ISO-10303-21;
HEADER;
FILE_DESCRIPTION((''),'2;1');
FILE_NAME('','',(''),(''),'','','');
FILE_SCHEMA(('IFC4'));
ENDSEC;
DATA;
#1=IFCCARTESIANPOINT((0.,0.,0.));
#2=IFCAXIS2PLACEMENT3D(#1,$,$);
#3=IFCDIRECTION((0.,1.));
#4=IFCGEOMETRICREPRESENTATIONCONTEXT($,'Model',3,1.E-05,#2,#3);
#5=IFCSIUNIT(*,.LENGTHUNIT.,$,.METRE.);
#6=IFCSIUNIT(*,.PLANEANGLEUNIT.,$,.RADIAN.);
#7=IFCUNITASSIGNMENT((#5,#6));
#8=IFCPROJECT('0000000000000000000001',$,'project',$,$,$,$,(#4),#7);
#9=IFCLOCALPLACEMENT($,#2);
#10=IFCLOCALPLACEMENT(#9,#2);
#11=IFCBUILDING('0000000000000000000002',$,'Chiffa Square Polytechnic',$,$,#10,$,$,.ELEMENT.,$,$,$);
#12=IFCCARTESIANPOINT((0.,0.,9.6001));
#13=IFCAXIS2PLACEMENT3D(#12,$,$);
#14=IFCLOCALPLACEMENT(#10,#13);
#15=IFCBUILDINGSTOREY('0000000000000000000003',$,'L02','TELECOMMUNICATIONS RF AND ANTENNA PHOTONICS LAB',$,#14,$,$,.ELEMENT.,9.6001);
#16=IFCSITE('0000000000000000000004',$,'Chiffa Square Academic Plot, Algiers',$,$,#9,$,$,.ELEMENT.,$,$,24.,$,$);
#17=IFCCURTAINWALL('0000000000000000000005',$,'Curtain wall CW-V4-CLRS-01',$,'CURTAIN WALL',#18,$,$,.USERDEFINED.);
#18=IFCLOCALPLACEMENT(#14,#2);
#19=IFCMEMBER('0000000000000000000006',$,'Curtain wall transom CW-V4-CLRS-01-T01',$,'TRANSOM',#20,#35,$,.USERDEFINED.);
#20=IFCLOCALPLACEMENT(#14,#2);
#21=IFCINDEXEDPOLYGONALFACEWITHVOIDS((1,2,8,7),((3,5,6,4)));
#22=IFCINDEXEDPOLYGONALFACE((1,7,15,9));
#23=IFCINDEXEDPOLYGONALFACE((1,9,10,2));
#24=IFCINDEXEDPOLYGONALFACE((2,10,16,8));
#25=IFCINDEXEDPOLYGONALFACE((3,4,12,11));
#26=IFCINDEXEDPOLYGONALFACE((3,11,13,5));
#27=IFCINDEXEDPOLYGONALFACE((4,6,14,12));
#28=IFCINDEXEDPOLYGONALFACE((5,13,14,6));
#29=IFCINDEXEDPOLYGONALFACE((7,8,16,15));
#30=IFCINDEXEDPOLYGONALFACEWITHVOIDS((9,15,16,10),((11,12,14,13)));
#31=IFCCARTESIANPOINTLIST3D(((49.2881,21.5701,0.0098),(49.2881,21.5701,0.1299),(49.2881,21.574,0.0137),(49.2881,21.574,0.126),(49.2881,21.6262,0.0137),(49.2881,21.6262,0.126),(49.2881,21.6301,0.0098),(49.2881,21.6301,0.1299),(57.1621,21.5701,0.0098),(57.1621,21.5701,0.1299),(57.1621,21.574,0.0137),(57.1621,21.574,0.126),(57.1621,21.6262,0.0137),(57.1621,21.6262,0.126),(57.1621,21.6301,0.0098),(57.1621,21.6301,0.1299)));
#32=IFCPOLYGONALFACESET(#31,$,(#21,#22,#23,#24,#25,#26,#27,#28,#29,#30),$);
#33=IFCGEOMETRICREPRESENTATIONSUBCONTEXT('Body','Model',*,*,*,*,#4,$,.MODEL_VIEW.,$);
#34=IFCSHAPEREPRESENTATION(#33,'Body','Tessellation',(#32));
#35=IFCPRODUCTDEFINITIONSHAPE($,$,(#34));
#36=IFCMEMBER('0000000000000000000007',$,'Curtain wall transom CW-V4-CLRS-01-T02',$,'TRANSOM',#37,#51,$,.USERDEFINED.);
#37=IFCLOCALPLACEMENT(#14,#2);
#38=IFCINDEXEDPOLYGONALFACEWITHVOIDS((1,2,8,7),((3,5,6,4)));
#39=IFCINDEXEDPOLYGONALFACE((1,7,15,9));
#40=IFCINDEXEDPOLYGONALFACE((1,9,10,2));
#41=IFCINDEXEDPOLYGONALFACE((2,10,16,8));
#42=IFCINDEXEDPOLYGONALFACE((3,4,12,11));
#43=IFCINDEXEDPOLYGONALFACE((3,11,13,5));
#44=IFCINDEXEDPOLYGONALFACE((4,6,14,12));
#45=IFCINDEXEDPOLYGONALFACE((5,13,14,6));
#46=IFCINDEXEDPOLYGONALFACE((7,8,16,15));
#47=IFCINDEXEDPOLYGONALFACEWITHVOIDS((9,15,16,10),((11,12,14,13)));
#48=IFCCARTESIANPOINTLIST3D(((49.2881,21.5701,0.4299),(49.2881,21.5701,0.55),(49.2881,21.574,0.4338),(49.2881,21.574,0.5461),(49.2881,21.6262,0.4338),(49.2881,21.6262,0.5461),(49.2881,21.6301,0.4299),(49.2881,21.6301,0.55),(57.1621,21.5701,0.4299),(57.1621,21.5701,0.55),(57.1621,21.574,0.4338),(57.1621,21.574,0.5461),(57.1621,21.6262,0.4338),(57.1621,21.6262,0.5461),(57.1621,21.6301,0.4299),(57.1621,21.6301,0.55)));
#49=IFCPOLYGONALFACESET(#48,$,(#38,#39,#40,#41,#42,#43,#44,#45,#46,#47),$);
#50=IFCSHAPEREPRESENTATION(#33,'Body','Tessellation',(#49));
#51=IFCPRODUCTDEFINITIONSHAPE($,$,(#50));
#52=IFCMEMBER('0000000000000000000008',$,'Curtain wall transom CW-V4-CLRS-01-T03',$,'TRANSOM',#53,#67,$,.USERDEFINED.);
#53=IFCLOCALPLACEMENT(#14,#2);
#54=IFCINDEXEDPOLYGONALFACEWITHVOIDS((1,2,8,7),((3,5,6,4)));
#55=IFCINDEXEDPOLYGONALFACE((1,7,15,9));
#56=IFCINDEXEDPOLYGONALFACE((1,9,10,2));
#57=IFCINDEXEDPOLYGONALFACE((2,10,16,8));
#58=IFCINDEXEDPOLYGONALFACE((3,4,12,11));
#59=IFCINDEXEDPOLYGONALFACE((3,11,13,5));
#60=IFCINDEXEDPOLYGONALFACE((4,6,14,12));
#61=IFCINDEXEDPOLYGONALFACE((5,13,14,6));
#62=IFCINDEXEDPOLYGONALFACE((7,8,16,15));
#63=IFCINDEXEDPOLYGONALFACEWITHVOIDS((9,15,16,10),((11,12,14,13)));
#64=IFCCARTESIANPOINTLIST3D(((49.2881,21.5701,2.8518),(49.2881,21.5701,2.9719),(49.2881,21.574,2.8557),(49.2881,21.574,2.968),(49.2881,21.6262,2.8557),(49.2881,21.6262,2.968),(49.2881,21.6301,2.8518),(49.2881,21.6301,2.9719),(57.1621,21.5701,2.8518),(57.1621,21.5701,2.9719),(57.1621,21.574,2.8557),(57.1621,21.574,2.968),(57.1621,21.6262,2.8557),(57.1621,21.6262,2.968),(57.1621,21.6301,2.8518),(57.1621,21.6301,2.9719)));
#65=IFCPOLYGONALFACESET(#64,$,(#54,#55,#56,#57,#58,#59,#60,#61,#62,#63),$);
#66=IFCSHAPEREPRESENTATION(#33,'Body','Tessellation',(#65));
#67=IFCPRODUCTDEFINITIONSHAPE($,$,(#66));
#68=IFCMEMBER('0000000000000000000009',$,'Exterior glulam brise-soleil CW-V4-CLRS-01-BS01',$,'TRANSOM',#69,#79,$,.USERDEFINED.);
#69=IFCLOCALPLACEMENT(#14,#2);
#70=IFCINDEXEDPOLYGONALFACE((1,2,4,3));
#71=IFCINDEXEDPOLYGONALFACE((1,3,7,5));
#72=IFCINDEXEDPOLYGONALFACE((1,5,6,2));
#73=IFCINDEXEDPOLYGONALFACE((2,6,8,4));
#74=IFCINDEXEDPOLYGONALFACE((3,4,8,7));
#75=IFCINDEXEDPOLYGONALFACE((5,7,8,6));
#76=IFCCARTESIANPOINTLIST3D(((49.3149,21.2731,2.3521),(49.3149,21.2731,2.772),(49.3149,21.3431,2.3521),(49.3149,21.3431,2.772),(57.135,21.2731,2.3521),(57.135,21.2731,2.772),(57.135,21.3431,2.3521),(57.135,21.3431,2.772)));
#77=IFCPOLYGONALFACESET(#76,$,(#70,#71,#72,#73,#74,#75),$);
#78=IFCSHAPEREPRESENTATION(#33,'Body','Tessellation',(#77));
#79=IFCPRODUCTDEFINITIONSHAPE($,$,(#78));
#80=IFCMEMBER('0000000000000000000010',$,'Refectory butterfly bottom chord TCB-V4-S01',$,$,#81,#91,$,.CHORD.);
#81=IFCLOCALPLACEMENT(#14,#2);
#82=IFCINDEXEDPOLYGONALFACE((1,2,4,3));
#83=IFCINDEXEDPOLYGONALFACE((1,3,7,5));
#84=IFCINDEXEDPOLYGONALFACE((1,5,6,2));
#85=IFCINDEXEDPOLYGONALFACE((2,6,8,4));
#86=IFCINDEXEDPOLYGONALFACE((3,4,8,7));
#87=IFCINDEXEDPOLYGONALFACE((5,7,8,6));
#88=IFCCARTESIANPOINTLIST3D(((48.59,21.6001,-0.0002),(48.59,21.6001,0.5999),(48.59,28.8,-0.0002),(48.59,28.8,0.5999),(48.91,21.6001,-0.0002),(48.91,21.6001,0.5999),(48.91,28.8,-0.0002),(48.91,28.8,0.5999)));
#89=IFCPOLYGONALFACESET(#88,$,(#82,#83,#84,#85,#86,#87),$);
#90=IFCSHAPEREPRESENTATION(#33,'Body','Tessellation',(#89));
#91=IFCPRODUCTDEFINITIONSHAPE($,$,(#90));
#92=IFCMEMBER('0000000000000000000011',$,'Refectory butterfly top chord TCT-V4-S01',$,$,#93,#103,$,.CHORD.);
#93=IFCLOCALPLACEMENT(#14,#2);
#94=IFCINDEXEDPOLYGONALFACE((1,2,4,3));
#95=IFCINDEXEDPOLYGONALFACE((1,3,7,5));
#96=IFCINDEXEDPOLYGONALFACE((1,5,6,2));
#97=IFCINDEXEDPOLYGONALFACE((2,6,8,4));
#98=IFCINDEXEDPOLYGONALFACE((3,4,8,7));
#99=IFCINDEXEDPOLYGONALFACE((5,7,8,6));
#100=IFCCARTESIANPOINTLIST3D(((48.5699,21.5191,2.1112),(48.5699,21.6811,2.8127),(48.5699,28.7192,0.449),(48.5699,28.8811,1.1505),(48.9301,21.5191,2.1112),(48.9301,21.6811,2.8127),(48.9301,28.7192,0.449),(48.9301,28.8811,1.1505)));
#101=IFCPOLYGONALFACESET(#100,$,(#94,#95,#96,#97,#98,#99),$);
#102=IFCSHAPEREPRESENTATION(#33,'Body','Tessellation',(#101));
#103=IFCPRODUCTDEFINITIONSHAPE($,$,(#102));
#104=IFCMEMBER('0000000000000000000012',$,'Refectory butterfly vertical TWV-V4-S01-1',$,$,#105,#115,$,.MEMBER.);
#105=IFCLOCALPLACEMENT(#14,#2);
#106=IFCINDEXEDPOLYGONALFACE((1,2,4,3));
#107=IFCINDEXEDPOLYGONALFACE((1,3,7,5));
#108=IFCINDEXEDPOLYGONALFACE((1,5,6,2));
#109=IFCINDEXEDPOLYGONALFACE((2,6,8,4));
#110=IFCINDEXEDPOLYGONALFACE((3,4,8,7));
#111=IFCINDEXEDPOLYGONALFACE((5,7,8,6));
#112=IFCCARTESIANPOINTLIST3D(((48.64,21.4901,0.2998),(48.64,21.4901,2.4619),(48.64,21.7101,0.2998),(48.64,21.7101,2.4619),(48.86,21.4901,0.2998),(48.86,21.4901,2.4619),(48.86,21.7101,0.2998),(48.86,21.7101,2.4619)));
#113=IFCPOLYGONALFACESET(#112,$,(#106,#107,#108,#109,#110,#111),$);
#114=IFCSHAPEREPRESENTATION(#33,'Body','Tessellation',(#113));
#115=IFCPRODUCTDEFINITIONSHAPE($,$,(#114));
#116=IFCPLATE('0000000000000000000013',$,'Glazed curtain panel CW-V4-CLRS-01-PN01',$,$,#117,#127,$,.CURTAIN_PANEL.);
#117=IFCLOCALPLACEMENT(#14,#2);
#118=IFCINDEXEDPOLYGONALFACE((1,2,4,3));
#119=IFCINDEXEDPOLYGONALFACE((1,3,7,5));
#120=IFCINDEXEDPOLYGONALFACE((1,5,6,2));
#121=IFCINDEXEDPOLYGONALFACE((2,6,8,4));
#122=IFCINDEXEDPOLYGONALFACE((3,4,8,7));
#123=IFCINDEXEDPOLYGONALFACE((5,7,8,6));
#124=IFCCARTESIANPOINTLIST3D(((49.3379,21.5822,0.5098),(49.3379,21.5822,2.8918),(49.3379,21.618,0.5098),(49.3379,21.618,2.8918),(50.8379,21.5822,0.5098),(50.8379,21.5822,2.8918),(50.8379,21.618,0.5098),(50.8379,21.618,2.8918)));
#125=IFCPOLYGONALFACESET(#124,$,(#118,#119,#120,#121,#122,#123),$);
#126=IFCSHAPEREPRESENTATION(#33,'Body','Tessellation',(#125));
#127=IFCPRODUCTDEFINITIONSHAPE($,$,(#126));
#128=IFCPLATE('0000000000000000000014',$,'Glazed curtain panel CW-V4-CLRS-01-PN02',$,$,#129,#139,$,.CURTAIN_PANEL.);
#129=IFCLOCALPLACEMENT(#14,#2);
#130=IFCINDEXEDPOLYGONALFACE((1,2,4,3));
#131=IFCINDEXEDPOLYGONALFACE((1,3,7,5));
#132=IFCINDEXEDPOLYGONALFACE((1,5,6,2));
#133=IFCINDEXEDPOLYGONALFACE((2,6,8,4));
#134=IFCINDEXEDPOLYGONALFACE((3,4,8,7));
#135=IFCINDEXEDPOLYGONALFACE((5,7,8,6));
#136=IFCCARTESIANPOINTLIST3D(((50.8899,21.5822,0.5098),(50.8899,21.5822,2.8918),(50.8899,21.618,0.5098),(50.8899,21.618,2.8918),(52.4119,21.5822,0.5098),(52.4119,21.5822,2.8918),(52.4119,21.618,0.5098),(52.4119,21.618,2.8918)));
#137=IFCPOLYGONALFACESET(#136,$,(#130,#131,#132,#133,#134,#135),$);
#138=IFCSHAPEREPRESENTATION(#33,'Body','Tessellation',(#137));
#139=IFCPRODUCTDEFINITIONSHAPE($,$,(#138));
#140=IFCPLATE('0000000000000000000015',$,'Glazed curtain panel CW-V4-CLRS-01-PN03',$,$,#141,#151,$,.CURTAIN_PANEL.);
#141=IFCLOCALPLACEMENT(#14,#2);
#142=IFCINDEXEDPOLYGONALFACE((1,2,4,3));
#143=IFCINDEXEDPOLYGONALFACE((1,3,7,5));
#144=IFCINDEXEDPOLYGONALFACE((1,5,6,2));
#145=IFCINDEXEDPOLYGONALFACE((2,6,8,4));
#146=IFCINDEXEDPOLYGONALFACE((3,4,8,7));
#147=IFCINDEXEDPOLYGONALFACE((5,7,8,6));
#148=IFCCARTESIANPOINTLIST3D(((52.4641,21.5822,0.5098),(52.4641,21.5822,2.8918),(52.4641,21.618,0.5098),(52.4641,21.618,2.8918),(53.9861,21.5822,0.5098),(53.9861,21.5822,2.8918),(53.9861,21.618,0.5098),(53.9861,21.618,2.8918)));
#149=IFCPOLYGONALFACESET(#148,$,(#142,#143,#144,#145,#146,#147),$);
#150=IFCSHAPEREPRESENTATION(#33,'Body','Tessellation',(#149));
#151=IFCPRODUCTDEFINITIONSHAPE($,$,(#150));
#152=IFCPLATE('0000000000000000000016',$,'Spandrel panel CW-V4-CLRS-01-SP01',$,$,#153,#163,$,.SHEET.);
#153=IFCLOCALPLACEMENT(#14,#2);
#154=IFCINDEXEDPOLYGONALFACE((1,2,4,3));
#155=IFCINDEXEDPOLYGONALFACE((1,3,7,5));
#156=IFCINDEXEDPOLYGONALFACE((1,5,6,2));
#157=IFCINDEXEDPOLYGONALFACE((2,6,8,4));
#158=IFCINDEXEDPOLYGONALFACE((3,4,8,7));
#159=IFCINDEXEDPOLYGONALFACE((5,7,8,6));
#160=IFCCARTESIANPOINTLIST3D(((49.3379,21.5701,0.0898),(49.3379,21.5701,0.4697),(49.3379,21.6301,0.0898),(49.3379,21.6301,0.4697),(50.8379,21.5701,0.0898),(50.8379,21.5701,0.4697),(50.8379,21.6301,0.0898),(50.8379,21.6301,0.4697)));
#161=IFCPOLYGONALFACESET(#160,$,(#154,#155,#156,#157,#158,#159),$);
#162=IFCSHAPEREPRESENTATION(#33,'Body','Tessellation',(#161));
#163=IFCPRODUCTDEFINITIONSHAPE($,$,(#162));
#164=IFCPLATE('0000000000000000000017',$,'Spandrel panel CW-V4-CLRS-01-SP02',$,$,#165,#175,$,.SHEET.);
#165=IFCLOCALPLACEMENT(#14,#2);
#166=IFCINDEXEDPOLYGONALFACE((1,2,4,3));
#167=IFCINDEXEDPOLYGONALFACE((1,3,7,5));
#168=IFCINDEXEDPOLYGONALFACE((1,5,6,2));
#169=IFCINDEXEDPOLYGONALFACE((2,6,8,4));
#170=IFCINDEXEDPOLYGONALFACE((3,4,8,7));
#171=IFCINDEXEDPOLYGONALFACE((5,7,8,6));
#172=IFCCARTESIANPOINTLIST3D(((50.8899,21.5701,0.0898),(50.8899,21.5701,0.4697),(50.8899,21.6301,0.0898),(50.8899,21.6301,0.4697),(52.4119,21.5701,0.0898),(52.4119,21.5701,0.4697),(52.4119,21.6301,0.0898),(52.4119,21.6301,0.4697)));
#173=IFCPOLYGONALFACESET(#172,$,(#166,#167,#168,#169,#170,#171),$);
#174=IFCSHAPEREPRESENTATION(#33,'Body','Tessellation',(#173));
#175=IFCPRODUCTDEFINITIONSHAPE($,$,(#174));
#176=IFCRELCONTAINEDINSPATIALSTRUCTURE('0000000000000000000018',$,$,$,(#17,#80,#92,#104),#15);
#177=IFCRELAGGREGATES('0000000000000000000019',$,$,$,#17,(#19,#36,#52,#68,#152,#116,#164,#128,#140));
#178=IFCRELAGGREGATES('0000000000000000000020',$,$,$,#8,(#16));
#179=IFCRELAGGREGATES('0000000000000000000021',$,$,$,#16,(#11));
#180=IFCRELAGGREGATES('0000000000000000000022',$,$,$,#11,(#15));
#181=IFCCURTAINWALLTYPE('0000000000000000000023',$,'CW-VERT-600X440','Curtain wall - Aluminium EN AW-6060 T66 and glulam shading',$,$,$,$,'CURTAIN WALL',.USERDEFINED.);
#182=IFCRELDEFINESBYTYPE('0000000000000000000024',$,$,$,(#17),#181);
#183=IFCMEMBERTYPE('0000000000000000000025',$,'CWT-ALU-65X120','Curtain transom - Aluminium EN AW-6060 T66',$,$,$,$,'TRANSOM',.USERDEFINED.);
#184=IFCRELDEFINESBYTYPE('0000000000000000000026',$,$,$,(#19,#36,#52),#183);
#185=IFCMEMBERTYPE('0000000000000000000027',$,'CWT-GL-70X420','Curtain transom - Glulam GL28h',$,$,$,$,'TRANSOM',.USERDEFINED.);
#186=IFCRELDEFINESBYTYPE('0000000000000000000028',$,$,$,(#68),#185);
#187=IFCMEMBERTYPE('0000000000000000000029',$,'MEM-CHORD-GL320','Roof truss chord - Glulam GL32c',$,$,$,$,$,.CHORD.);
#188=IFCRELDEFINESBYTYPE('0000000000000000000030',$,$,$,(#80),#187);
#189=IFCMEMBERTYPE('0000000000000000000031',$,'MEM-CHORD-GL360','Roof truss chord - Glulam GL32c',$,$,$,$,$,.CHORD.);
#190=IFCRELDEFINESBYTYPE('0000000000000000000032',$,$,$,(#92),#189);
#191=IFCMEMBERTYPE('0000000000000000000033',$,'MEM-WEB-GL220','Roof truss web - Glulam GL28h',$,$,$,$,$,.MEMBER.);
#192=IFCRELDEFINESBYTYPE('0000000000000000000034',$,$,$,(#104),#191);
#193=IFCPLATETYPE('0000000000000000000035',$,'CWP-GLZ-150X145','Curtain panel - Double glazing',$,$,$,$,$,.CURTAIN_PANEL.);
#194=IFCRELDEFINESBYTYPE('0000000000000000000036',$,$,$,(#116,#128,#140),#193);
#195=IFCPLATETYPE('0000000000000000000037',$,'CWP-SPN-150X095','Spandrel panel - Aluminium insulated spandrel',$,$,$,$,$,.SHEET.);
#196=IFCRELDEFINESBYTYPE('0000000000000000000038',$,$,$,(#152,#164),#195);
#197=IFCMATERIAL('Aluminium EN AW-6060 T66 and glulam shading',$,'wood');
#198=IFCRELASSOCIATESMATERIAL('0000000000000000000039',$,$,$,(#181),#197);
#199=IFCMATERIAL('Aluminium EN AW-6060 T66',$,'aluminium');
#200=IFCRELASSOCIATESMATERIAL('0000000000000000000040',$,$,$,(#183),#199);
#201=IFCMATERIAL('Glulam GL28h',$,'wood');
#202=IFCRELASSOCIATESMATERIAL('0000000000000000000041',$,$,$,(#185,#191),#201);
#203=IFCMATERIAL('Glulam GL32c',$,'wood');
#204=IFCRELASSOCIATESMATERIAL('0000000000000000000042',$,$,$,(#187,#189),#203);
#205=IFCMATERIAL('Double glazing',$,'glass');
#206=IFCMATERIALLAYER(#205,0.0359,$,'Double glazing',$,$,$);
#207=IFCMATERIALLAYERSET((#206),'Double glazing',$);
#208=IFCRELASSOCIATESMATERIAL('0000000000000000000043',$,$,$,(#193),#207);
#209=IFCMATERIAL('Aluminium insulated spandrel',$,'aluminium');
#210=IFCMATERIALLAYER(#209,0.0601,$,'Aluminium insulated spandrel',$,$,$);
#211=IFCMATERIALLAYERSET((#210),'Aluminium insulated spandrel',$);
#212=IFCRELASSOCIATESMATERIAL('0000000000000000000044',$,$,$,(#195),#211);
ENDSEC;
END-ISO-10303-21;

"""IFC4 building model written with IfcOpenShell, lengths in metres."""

from ifc_helpers import new_model, si_unit, direction, frame, origin, origin_2d, place, context, subcontext, project, spatial, rectangle, hollow_rectangle, extrude, material, layer, layer_set, material_profile, profile_set, type_object, element, aggregate, save


model = new_model("IFC4")

# Units and contexts
model_context = context("Model", 3, precision=1e-05, world=origin(), true_north=direction((0.0, 1.0)))
body_context = subcontext(model_context, "Body", "Model", "MODEL_VIEW")
ifc_project = project(units=[si_unit("LENGTHUNIT", "METRE"), si_unit("PLANEANGLEUNIT", "RADIAN")], contexts=[model_context])

# Site, building, storey
site_placement = place(None, origin())
site = spatial("IfcSite", under=ifc_project, at=site_placement, Name="Chiffa Square Academic Plot, Algiers", CompositionType="ELEMENT", RefElevation=24.0)
building_placement = place(site_placement, origin())
building = spatial("IfcBuilding", under=site, at=building_placement, Name="Chiffa Square Polytechnic", CompositionType="ELEMENT")
storey_placement = place(building_placement, frame((0.0, 0.0, 9.6001)))
storey = spatial("IfcBuildingStorey", under=building, at=storey_placement, Name="L02", Description="TELECOMMUNICATIONS RF AND ANTENNA PHOTONICS LAB", CompositionType="ELEMENT", Elevation=9.6001)

# Curtain wall
ifc_material_1 = material(Name="Aluminium EN AW-6060 T66 and glulam shading", Category="wood")
curtain_wall_type = type_object("IfcCurtainWallType", Name="CW-VERT-600X440", Description="Curtain wall - Aluminium EN AW-6060 T66 and glulam shading", ElementType="CURTAIN WALL", PredefinedType="USERDEFINED", material=ifc_material_1)
curtain_wall_1_placement = place(storey_placement, origin())
curtain_wall_1 = element("IfcCurtainWall", 1, at=curtain_wall_1_placement, inside=storey, type_object=curtain_wall_type, Name="Curtain wall CW-V4-CLRS-01", ObjectType="CURTAIN WALL", PredefinedType="USERDEFINED")
ifc_material_2 = material(Name="Aluminium EN AW-6060 T66", Category="aluminium")
ifc_material_3 = material(Name="Glulam GL28h", Category="wood")

# Members
ifc_material_profile_1 = material_profile(ifc_material_2, hollow_rectangle(XDim=0.0601, YDim=0.1201, WallThickness=0.0039, at=origin_2d()), Name="ALU 60x120x4")
ifc_profile_set_1 = profile_set([ifc_material_profile_1], Name="Aluminium EN AW-6060 T66")
member_type_1 = type_object("IfcMemberType", Name="CWT-ALU-65X120", Description="Curtain transom - Aluminium EN AW-6060 T66", ElementType="TRANSOM", PredefinedType="USERDEFINED", material=ifc_profile_set_1)
member_1_placement = place(storey_placement, frame((49.2881, 21.6001, 0.0698), z_axis=(1.0, 0.0, 0.0), x_axis=(0.0, 1.0, 0.0)))
member_1 = element("IfcMember", 2, at=member_1_placement, type_object=member_type_1, Name="Curtain wall transom CW-V4-CLRS-01-T01", ObjectType="TRANSOM", PredefinedType="USERDEFINED", context=body_context, shape_type="SweptSolid", body=[
    extrude(hollow_rectangle(XDim=0.0601, YDim=0.1201, WallThickness=0.0039, at=origin_2d()), origin(), (0.0, 0.0, 1.0), 7.874),
])
member_2_placement = place(storey_placement, frame((49.2881, 21.6001, 0.49), z_axis=(1.0, 0.0, 0.0), x_axis=(0.0, 1.0, 0.0)))
member_2 = element("IfcMember", 3, at=member_2_placement, type_object=member_type_1, Name="Curtain wall transom CW-V4-CLRS-01-T02", ObjectType="TRANSOM", PredefinedType="USERDEFINED", context=body_context, shape_type="SweptSolid", body=[
    extrude(hollow_rectangle(XDim=0.0601, YDim=0.1201, WallThickness=0.0039, at=origin_2d()), origin(), (0.0, 0.0, 1.0), 7.874),
])
member_3_placement = place(storey_placement, frame((49.2881, 21.6001, 2.9119), z_axis=(1.0, 0.0, 0.0), x_axis=(0.0, 1.0, 0.0)))
member_3 = element("IfcMember", 4, at=member_3_placement, type_object=member_type_1, Name="Curtain wall transom CW-V4-CLRS-01-T03", ObjectType="TRANSOM", PredefinedType="USERDEFINED", context=body_context, shape_type="SweptSolid", body=[
    extrude(hollow_rectangle(XDim=0.0601, YDim=0.1201, WallThickness=0.0039, at=origin_2d()), origin(), (0.0, 0.0, 1.0), 7.874),
])
ifc_material_profile_2 = material_profile(ifc_material_3, rectangle(XDim=0.0701, YDim=0.4199, at=origin_2d()), Name="GL28h 70x420")
ifc_profile_set_2 = profile_set([ifc_material_profile_2], Name="Glulam GL28h")
member_type_2 = type_object("IfcMemberType", Name="CWT-GL-70X420", Description="Curtain transom - Glulam GL28h", ElementType="TRANSOM", PredefinedType="USERDEFINED", material=ifc_profile_set_2)
member_4_placement = place(storey_placement, frame((49.3149, 21.3081, 2.562), z_axis=(1.0, 0.0, 0.0), x_axis=(0.0, 1.0, 0.0)))
member_4 = element("IfcMember", 5, at=member_4_placement, type_object=member_type_2, Name="Exterior glulam brise-soleil CW-V4-CLRS-01-BS01", ObjectType="TRANSOM", PredefinedType="USERDEFINED", context=body_context, shape_type="SweptSolid", body=[
    extrude(rectangle(XDim=0.0701, YDim=0.4199, at=origin_2d()), origin(), (0.0, 0.0, 1.0), 7.8201),
])

# Members
ifc_material_4 = material(Name="Glulam GL32c", Category="wood")
ifc_material_profile_3 = material_profile(ifc_material_4, rectangle(XDim=0.3201, YDim=0.6001, at=origin_2d()), Name="GL32c 320x600")
ifc_profile_set_3 = profile_set([ifc_material_profile_3], Name="Glulam GL32c")
member_type_3 = type_object("IfcMemberType", Name="MEM-CHORD-GL320", Description="Roof truss chord - Glulam GL32c", PredefinedType="CHORD", material=ifc_profile_set_3)
member_5_placement = place(storey_placement, frame((48.75, 21.6001, 0.2998), z_axis=(0.0, 1.0, 0.0), x_axis=(-1.0, 0.0, 0.0)))
element("IfcMember", 6, at=member_5_placement, inside=storey, type_object=member_type_3, Name="Refectory butterfly bottom chord TCB-V4-S01", PredefinedType="CHORD", context=body_context, shape_type="SweptSolid", body=[
    extrude(rectangle(XDim=0.3201, YDim=0.6001, at=origin_2d()), origin(), (0.0, 0.0, 1.0), 7.2),
])
ifc_material_profile_4 = material_profile(ifc_material_4, rectangle(XDim=0.3601, YDim=0.72, at=origin_2d()), Name="GL32c 360x720")
ifc_profile_set_4 = profile_set([ifc_material_profile_4], Name="Glulam GL32c")
member_type_4 = type_object("IfcMemberType", Name="MEM-CHORD-GL360", Description="Roof truss chord - Glulam GL32c", PredefinedType="CHORD", material=ifc_profile_set_4)
member_6_placement = place(storey_placement, frame((48.75, 21.6001, 2.4619), z_axis=(0.0, 0.974374, -0.224934), x_axis=(-1.0, 0.0, 0.0)))
element("IfcMember", 7, at=member_6_placement, inside=storey, type_object=member_type_4, Name="Refectory butterfly top chord TCT-V4-S01", PredefinedType="CHORD", context=body_context, shape_type="SweptSolid", body=[
    extrude(rectangle(XDim=0.3601, YDim=0.72, at=origin_2d()), origin(), (0.0, 0.0, 1.0), 7.3894),
])
ifc_material_profile_5 = material_profile(ifc_material_3, rectangle(XDim=0.22, YDim=0.22, at=origin_2d()), Name="GL28h 220x220")
ifc_profile_set_5 = profile_set([ifc_material_profile_5], Name="Glulam GL28h")
member_type_5 = type_object("IfcMemberType", Name="MEM-WEB-GL220", Description="Roof truss web - Glulam GL28h", PredefinedType="MEMBER", material=ifc_profile_set_5)
member_7_placement = place(storey_placement, frame((48.75, 21.6001, 0.2998), z_axis=(0.0, 0.0, 1.0), x_axis=(1.0, 0.0, 0.0)))
element("IfcMember", 8, at=member_7_placement, inside=storey, type_object=member_type_5, Name="Refectory butterfly vertical TWV-V4-S01-1", PredefinedType="MEMBER", context=body_context, shape_type="SweptSolid", body=[
    extrude(rectangle(XDim=0.22, YDim=0.22, at=origin_2d()), origin(), (0.0, 0.0, 1.0), 2.1621),
])

# Plates
ifc_material_5 = material(Name="Double glazing", Category="glass")
ifc_layer_1 = layer(ifc_material_5, 0.0359, Name="Double glazing")
ifc_layer_set_1 = layer_set([ifc_layer_1], Name="Double glazing")
plate_type_1 = type_object("IfcPlateType", Name="CWP-GLZ-150X145", Description="Curtain panel - Double glazing", PredefinedType="CURTAIN_PANEL", material=ifc_layer_set_1)
plate_1_placement = place(storey_placement, frame((50.0879, 21.6001, 0.5098), z_axis=(0.0, 0.0, 1.0), x_axis=(1.0, 0.0, 0.0)))
plate_1 = element("IfcPlate", 9, at=plate_1_placement, type_object=plate_type_1, Name="Glazed curtain panel CW-V4-CLRS-01-PN01", PredefinedType="CURTAIN_PANEL", context=body_context, shape_type="SweptSolid", body=[
    extrude(rectangle(XDim=1.5, YDim=0.0359, at=origin_2d()), origin(), (0.0, 0.0, 1.0), 2.3821),
])
plate_2_placement = place(storey_placement, frame((51.6509, 21.6001, 0.5098), z_axis=(0.0, 0.0, 1.0), x_axis=(1.0, 0.0, 0.0)))
plate_2 = element("IfcPlate", 10, at=plate_2_placement, type_object=plate_type_1, Name="Glazed curtain panel CW-V4-CLRS-01-PN02", PredefinedType="CURTAIN_PANEL", context=body_context, shape_type="SweptSolid", body=[
    extrude(rectangle(XDim=1.522, YDim=0.0359, at=origin_2d()), origin(), (0.0, 0.0, 1.0), 2.3821),
])
plate_3_placement = place(storey_placement, frame((53.2251, 21.6001, 0.5098), z_axis=(0.0, 0.0, 1.0), x_axis=(1.0, 0.0, 0.0)))
plate_3 = element("IfcPlate", 11, at=plate_3_placement, type_object=plate_type_1, Name="Glazed curtain panel CW-V4-CLRS-01-PN03", PredefinedType="CURTAIN_PANEL", context=body_context, shape_type="SweptSolid", body=[
    extrude(rectangle(XDim=1.522, YDim=0.0359, at=origin_2d()), origin(), (0.0, 0.0, 1.0), 2.3821),
])
ifc_material_6 = material(Name="Aluminium insulated spandrel", Category="aluminium")
ifc_layer_2 = layer(ifc_material_6, 0.0601, Name="Aluminium insulated spandrel")
ifc_layer_set_2 = layer_set([ifc_layer_2], Name="Aluminium insulated spandrel")
plate_type_2 = type_object("IfcPlateType", Name="CWP-SPN-150X095", Description="Spandrel panel - Aluminium insulated spandrel", PredefinedType="SHEET", material=ifc_layer_set_2)
plate_4_placement = place(storey_placement, frame((50.0879, 21.6001, 0.0898), z_axis=(0.0, 0.0, 1.0), x_axis=(1.0, 0.0, 0.0)))
plate_4 = element("IfcPlate", 12, at=plate_4_placement, type_object=plate_type_2, Name="Spandrel panel CW-V4-CLRS-01-SP01", PredefinedType="SHEET", context=body_context, shape_type="SweptSolid", body=[
    extrude(rectangle(XDim=1.5, YDim=0.0601, at=origin_2d()), origin(), (0.0, 0.0, 1.0), 0.3799),
])
plate_5_placement = place(storey_placement, frame((51.6509, 21.6001, 0.0898), z_axis=(0.0, 0.0, 1.0), x_axis=(1.0, 0.0, 0.0)))
plate_5 = element("IfcPlate", 13, at=plate_5_placement, type_object=plate_type_2, Name="Spandrel panel CW-V4-CLRS-01-SP02", PredefinedType="SHEET", context=body_context, shape_type="SweptSolid", body=[
    extrude(rectangle(XDim=1.522, YDim=0.0601, at=origin_2d()), origin(), (0.0, 0.0, 1.0), 0.3799),
])
aggregate(curtain_wall_1, [member_1, member_2, member_3, member_4, plate_4, plate_1, plate_5, plate_2, plate_3])

save(model, "model.ifc")
